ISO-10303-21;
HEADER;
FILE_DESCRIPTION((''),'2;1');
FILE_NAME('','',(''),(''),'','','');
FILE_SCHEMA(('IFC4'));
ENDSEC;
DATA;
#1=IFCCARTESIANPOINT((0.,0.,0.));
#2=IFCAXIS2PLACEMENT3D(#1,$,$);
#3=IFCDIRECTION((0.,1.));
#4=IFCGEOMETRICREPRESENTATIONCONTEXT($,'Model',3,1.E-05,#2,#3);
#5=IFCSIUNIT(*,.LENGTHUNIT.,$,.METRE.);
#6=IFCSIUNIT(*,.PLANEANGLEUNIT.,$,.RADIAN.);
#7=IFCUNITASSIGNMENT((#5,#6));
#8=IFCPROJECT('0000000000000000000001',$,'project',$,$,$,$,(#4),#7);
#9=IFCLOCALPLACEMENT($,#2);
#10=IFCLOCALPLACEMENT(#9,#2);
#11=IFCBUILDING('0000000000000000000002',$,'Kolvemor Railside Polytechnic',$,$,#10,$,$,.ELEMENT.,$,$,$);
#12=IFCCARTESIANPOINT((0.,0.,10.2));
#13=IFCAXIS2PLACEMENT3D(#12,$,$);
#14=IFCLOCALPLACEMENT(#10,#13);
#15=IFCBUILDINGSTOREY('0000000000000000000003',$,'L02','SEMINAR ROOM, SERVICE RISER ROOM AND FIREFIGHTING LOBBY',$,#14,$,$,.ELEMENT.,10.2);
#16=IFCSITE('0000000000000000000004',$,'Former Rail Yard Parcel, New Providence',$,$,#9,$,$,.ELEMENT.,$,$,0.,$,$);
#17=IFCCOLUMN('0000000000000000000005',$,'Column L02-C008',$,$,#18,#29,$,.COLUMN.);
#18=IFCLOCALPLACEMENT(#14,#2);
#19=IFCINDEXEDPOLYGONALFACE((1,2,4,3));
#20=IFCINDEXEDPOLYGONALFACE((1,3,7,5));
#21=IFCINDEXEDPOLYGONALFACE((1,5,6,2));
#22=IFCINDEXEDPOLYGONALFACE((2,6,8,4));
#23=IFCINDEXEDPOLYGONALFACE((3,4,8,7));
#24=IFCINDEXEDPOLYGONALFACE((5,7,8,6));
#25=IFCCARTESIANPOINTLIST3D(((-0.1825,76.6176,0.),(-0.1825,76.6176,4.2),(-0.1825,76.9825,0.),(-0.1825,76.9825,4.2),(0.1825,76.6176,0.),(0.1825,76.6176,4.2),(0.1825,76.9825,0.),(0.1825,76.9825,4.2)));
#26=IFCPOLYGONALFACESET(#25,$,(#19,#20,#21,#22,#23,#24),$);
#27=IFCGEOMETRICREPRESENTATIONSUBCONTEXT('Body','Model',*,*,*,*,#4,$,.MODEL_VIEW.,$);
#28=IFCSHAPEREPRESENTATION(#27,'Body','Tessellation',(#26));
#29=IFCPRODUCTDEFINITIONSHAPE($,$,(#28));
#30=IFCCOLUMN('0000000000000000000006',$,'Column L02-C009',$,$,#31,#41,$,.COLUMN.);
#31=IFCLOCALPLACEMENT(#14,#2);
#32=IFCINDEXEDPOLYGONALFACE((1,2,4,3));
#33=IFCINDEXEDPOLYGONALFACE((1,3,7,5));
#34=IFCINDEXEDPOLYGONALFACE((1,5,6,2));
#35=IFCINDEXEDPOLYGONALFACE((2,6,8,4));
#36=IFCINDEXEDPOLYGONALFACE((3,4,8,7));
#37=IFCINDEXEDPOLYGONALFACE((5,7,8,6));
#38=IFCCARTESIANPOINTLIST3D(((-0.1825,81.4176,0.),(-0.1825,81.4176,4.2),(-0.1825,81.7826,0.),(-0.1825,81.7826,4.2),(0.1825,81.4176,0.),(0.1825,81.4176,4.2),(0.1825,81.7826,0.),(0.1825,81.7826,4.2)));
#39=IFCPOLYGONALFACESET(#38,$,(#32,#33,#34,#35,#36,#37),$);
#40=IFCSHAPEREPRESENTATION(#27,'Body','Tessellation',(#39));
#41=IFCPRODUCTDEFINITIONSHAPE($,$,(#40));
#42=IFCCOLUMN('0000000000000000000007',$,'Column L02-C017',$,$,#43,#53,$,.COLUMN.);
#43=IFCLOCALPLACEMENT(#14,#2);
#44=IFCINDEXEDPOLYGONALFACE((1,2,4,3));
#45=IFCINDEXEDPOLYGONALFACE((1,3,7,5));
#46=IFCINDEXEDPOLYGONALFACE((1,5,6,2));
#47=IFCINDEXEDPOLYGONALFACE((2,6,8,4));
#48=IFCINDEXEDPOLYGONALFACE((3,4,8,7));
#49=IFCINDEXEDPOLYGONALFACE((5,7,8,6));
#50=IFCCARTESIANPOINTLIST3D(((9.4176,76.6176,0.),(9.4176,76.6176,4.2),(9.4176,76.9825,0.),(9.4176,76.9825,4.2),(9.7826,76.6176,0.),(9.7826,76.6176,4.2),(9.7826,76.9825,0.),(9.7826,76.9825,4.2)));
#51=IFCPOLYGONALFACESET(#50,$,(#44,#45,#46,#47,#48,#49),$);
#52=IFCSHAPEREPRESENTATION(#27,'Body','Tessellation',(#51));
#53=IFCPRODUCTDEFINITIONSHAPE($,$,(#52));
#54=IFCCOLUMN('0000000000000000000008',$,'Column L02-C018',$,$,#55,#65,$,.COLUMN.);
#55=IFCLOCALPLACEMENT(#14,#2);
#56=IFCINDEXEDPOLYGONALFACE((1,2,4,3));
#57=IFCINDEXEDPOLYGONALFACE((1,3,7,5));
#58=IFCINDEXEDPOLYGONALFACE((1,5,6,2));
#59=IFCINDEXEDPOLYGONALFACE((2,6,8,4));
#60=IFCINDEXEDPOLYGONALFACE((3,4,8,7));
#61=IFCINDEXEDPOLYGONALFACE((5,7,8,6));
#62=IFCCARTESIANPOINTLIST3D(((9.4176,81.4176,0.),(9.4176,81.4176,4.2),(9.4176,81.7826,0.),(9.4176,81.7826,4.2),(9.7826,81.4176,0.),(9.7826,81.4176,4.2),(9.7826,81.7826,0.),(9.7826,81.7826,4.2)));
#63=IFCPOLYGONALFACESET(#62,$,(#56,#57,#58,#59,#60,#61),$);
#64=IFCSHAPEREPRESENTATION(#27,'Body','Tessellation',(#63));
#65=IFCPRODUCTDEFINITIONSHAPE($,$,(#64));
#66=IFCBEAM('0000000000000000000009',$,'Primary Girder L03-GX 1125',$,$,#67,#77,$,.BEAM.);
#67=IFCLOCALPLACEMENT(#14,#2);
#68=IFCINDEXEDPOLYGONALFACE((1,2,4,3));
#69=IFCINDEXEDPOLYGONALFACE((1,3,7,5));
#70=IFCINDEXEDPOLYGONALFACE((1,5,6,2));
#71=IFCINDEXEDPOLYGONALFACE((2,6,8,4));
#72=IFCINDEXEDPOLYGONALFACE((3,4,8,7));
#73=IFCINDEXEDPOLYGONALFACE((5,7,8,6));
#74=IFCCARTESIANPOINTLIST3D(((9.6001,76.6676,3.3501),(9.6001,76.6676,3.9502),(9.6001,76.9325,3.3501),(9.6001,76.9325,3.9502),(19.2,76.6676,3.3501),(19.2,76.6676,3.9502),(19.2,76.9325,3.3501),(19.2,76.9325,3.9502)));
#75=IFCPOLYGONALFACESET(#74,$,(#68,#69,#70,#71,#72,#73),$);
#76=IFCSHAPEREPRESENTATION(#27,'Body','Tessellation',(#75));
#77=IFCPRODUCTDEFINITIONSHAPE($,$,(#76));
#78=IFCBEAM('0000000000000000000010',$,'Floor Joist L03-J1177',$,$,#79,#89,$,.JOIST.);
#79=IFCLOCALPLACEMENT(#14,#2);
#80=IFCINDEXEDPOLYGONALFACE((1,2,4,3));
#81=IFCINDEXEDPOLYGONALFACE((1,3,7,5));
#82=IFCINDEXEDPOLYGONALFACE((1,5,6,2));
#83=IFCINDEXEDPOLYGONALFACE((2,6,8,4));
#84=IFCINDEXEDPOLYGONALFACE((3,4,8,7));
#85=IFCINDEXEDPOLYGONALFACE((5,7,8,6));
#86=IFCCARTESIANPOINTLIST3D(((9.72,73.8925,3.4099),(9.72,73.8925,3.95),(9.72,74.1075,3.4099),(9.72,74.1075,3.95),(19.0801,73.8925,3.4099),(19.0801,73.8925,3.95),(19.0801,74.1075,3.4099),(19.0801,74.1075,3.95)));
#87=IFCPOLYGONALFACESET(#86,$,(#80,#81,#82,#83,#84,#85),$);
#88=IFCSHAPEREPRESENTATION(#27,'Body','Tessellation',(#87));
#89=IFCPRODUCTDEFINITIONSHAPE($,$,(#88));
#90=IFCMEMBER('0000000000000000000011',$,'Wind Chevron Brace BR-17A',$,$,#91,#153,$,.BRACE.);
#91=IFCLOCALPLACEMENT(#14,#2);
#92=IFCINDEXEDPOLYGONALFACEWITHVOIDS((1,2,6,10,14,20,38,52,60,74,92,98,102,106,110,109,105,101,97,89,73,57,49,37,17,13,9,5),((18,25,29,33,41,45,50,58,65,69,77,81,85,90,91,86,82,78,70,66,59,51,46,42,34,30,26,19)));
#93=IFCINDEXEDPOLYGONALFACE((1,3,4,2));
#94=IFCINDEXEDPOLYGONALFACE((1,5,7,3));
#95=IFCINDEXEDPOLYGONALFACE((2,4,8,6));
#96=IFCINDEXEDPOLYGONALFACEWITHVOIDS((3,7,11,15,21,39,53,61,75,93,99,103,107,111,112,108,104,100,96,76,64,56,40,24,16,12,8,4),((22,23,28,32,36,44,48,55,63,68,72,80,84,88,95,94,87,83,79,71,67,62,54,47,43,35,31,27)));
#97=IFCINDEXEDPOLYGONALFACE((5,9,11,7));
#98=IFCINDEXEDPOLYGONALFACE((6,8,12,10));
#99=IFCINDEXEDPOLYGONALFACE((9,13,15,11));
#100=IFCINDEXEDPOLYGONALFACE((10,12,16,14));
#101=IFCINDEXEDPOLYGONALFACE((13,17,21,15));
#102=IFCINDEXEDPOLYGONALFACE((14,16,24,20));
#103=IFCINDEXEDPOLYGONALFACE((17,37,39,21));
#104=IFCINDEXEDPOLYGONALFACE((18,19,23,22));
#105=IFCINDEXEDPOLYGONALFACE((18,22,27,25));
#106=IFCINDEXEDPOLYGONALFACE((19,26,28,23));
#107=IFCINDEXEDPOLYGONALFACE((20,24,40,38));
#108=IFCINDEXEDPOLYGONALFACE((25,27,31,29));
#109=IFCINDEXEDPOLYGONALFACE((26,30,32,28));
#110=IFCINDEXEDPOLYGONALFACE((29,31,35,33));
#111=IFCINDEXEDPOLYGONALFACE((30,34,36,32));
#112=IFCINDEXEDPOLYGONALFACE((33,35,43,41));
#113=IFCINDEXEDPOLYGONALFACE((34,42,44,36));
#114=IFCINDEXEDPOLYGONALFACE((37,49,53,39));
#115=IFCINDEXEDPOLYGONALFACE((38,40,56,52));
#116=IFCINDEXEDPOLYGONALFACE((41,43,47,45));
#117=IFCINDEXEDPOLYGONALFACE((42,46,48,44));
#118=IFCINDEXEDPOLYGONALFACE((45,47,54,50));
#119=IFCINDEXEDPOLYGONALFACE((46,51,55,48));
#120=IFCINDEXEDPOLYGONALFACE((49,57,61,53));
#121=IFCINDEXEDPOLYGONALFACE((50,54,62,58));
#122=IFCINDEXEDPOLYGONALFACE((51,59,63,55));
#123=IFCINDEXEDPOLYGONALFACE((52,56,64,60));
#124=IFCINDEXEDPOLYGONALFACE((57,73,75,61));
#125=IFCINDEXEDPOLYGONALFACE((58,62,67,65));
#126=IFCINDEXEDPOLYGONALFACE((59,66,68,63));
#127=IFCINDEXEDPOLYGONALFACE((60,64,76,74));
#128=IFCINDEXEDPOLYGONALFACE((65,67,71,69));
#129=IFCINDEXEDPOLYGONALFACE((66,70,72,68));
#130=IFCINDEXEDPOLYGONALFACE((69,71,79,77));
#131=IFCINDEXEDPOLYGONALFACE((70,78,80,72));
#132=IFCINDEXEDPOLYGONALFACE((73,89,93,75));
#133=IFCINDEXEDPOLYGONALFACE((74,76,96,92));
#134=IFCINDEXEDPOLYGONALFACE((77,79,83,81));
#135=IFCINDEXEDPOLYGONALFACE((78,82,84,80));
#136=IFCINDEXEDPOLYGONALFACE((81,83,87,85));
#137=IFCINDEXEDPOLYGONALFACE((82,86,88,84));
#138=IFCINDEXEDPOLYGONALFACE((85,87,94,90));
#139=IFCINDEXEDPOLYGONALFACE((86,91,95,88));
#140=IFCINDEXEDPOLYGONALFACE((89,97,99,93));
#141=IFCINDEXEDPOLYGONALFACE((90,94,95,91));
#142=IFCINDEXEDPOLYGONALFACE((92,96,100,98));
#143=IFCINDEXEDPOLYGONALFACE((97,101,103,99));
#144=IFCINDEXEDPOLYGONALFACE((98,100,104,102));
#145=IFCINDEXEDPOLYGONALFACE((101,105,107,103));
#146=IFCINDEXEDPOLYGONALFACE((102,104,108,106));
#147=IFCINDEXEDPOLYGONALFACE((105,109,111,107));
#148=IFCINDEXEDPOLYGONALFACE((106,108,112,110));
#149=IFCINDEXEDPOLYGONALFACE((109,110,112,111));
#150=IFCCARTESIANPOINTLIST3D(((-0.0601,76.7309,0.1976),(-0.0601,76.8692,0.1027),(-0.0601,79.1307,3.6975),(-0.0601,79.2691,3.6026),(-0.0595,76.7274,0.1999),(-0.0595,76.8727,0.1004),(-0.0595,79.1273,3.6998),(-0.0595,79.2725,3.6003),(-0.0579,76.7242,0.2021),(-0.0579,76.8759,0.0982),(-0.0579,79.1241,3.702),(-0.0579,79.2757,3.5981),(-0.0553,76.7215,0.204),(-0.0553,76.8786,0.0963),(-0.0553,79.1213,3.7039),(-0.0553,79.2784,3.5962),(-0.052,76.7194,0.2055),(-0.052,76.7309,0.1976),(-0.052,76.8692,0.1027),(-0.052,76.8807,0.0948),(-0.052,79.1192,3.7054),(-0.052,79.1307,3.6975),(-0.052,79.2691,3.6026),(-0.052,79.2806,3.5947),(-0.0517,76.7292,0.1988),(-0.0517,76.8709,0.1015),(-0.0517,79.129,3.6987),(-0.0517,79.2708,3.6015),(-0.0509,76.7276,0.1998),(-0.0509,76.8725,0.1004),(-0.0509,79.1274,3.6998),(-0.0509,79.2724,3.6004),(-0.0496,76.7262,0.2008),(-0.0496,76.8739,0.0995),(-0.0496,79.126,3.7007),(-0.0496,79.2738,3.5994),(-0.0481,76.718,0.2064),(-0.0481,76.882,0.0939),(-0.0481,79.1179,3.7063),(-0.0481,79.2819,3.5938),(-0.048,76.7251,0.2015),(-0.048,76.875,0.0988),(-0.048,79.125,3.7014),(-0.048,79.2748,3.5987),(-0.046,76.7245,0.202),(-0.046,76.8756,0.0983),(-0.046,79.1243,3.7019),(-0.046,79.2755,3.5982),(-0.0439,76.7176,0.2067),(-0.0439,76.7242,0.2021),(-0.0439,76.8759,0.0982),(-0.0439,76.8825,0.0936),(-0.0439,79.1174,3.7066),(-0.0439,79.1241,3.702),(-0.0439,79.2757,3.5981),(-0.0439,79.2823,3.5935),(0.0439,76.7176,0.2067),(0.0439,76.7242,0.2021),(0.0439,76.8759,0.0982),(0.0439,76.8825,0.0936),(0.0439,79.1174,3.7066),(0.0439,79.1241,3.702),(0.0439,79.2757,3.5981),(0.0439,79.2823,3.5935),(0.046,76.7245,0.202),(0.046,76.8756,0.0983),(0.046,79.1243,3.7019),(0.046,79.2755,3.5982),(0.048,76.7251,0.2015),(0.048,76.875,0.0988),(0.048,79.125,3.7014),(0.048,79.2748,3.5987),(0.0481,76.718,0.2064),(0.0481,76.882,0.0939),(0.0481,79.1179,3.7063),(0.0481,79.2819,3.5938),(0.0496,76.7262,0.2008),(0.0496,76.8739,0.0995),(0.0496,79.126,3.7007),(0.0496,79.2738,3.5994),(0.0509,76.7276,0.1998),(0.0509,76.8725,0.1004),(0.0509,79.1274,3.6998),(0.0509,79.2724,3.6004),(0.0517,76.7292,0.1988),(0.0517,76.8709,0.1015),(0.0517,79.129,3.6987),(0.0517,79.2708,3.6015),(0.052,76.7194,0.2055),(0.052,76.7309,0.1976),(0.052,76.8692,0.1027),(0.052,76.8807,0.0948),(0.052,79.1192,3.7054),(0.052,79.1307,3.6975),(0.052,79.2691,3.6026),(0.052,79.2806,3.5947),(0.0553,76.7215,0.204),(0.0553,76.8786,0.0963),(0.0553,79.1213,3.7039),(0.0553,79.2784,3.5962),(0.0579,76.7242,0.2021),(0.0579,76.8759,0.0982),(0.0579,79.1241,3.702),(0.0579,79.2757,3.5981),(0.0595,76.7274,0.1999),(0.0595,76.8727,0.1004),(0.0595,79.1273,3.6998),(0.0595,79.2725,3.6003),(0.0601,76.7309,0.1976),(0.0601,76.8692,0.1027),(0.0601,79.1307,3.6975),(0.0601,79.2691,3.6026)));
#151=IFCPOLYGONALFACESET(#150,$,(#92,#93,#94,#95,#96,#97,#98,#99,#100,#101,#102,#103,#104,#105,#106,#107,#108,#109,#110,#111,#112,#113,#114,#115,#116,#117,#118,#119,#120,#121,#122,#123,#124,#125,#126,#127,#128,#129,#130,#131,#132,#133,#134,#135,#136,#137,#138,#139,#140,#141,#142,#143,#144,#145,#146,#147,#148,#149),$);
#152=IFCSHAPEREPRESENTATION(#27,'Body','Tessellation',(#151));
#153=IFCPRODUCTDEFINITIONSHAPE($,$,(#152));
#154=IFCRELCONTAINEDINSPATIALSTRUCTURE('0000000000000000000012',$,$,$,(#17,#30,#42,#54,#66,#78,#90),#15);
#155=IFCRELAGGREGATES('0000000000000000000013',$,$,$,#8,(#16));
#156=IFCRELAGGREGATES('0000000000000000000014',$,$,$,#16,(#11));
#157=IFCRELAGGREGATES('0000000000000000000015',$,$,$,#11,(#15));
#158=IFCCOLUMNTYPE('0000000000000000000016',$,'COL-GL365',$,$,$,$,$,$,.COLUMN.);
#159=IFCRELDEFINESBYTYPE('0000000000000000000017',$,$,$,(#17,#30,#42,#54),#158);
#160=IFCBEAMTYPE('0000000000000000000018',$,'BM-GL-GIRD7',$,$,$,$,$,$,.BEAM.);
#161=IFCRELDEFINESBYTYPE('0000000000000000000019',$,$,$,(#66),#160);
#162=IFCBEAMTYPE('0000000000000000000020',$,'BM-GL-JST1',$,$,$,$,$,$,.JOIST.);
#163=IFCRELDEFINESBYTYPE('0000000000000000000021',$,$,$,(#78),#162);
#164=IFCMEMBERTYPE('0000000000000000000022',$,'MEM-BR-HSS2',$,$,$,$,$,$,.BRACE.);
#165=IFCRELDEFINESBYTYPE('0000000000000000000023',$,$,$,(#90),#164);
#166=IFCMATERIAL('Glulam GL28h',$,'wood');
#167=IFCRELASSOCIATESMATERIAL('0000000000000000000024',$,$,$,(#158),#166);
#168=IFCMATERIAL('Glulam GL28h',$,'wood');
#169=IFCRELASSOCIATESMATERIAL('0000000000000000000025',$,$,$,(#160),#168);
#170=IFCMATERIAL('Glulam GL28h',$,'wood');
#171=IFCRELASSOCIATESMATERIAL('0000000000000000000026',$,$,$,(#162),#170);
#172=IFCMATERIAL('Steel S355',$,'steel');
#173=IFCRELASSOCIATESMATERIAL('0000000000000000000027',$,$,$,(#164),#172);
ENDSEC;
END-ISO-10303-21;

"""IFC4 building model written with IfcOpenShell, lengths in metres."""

from ifc_helpers import new_model, si_unit, direction, frame, origin, origin_2d, place, context, subcontext, project, spatial, rectangle, hollow_rectangle, extrude, material, material_profile, profile_set, type_object, element, save


model = new_model("IFC4")

# Units and contexts
model_context = context("Model", 3, precision=1e-05, world=origin(), true_north=direction((0.0, 1.0)))
body_context = subcontext(model_context, "Body", "Model", "MODEL_VIEW")
ifc_project = project(units=[si_unit("LENGTHUNIT", "METRE"), si_unit("PLANEANGLEUNIT", "RADIAN")], contexts=[model_context])

# Site, building, storey
site_placement = place(None, origin())
site = spatial("IfcSite", under=ifc_project, at=site_placement, Name="Former Rail Yard Parcel, New Providence", CompositionType="ELEMENT", RefElevation=0.0)
building_placement = place(site_placement, origin())
building = spatial("IfcBuilding", under=site, at=building_placement, Name="Kolvemor Railside Polytechnic", CompositionType="ELEMENT")
storey_placement = place(building_placement, frame((0.0, 0.0, 10.2)))
storey = spatial("IfcBuildingStorey", under=building, at=storey_placement, Name="L02", Description="SEMINAR ROOM, SERVICE RISER ROOM AND FIREFIGHTING LOBBY", CompositionType="ELEMENT", Elevation=10.2)

# Columns
ifc_material_1 = material(Name="Glulam GL28h", Category="wood")
ifc_material_profile_1 = material_profile(ifc_material_1, rectangle(XDim=0.365, YDim=0.365, at=origin_2d()), Name="GL365x365")
ifc_profile_set_1 = profile_set([ifc_material_profile_1], Name="Glulam GL28h")
column_type = type_object("IfcColumnType", Name="COL-GL365", PredefinedType="COLUMN", material=ifc_profile_set_1)
for number, where, z_axis, x_axis, name in (
    (1, (0.0, 76.8, 0.0), (0.0, 0.0, 1.0), (1.0, 0.0, 0.0), "Column L02-C008"),
    (2, (0.0, 81.6001, 0.0), (0.0, 0.0, 1.0), (1.0, 0.0, 0.0), "Column L02-C009"),
    (3, (9.6001, 76.8, 0.0), (0.0, 0.0, 1.0), (1.0, 0.0, 0.0), "Column L02-C017"),
    (4, (9.6001, 81.6001, 0.0), (0.0, 0.0, 1.0), (1.0, 0.0, 0.0), "Column L02-C018"),
):
    element("IfcColumn", number, at=place(storey_placement, frame(where, z_axis=z_axis, x_axis=x_axis)), inside=storey, type_object=column_type, Name=name, PredefinedType="COLUMN", context=body_context, shape_type="SweptSolid", body=[
        extrude(rectangle(XDim=0.365, YDim=0.365, at=origin_2d()), origin(), (0.0, 0.0, 1.0), 4.2),
    ])

# Beams
ifc_material_2 = material(Name="Glulam GL28h", Category="wood")
ifc_material_profile_2 = material_profile(ifc_material_2, rectangle(XDim=0.2649, YDim=0.6001, at=origin_2d()), Name="GL265x600")
ifc_profile_set_2 = profile_set([ifc_material_profile_2], Name="Glulam GL28h")
beam_type_1 = type_object("IfcBeamType", Name="BM-GL-GIRD7", PredefinedType="BEAM", material=ifc_profile_set_2)
beam_1_placement = place(storey_placement, frame((9.6001, 76.8, 3.6501), z_axis=(1.0, 0.0, 0.0), x_axis=(0.0, 1.0, 0.0)))
element("IfcBeam", 5, at=beam_1_placement, inside=storey, type_object=beam_type_1, Name="Primary Girder L03-GX 1125", PredefinedType="BEAM", context=body_context, shape_type="SweptSolid", body=[
    extrude(rectangle(XDim=0.2649, YDim=0.6001, at=origin_2d()), origin(), (0.0, 0.0, 1.0), 9.5999),
])
ifc_material_3 = material(Name="Glulam GL28h", Category="wood")
ifc_material_profile_3 = material_profile(ifc_material_3, rectangle(XDim=0.2151, YDim=0.54, at=origin_2d()), Name="GL215x540")
ifc_profile_set_3 = profile_set([ifc_material_profile_3], Name="Glulam GL28h")
beam_type_2 = type_object("IfcBeamType", Name="BM-GL-JST1", PredefinedType="JOIST", material=ifc_profile_set_3)
beam_2_placement = place(storey_placement, frame((9.72, 74.0, 3.6799), z_axis=(1.0, 0.0, 0.0), x_axis=(0.0, 1.0, 0.0)))
element("IfcBeam", 6, at=beam_2_placement, inside=storey, type_object=beam_type_2, Name="Floor Joist L03-J1177", PredefinedType="JOIST", context=body_context, shape_type="SweptSolid", body=[
    extrude(rectangle(XDim=0.2151, YDim=0.54, at=origin_2d()), origin(), (0.0, 0.0, 1.0), 9.3601),
])

# Member
ifc_material_4 = material(Name="Steel S355", Category="steel")
ifc_material_profile_4 = material_profile(ifc_material_4, hollow_rectangle(XDim=0.1201, YDim=0.2, WallThickness=0.0081, InnerFilletRadius=0.0081, OuterFilletRadius=0.0161, at=origin_2d()), Name="HSS200x120x8")
ifc_profile_set_4 = profile_set([ifc_material_profile_4], Name="Steel S355")
member_type = type_object("IfcMemberType", Name="MEM-BR-HSS2", PredefinedType="BRACE", material=ifc_profile_set_4)
member_1_placement = place(storey_placement, frame((0.0, 76.8, 0.1501), z_axis=(0.0, 0.565513, 0.82474), x_axis=(-1.0, 0.0, 0.0)))
element("IfcMember", 7, at=member_1_placement, inside=storey, type_object=member_type, Name="Wind Chevron Brace BR-17A", PredefinedType="BRACE", context=body_context, shape_type="SweptSolid", body=[
    extrude(hollow_rectangle(XDim=0.1201, YDim=0.2, WallThickness=0.0081, InnerFilletRadius=0.0081, OuterFilletRadius=0.0161, at=origin_2d()), origin(), (0.0, 0.0, 1.0), 4.2437),
])

save(model, "model.ifc")
